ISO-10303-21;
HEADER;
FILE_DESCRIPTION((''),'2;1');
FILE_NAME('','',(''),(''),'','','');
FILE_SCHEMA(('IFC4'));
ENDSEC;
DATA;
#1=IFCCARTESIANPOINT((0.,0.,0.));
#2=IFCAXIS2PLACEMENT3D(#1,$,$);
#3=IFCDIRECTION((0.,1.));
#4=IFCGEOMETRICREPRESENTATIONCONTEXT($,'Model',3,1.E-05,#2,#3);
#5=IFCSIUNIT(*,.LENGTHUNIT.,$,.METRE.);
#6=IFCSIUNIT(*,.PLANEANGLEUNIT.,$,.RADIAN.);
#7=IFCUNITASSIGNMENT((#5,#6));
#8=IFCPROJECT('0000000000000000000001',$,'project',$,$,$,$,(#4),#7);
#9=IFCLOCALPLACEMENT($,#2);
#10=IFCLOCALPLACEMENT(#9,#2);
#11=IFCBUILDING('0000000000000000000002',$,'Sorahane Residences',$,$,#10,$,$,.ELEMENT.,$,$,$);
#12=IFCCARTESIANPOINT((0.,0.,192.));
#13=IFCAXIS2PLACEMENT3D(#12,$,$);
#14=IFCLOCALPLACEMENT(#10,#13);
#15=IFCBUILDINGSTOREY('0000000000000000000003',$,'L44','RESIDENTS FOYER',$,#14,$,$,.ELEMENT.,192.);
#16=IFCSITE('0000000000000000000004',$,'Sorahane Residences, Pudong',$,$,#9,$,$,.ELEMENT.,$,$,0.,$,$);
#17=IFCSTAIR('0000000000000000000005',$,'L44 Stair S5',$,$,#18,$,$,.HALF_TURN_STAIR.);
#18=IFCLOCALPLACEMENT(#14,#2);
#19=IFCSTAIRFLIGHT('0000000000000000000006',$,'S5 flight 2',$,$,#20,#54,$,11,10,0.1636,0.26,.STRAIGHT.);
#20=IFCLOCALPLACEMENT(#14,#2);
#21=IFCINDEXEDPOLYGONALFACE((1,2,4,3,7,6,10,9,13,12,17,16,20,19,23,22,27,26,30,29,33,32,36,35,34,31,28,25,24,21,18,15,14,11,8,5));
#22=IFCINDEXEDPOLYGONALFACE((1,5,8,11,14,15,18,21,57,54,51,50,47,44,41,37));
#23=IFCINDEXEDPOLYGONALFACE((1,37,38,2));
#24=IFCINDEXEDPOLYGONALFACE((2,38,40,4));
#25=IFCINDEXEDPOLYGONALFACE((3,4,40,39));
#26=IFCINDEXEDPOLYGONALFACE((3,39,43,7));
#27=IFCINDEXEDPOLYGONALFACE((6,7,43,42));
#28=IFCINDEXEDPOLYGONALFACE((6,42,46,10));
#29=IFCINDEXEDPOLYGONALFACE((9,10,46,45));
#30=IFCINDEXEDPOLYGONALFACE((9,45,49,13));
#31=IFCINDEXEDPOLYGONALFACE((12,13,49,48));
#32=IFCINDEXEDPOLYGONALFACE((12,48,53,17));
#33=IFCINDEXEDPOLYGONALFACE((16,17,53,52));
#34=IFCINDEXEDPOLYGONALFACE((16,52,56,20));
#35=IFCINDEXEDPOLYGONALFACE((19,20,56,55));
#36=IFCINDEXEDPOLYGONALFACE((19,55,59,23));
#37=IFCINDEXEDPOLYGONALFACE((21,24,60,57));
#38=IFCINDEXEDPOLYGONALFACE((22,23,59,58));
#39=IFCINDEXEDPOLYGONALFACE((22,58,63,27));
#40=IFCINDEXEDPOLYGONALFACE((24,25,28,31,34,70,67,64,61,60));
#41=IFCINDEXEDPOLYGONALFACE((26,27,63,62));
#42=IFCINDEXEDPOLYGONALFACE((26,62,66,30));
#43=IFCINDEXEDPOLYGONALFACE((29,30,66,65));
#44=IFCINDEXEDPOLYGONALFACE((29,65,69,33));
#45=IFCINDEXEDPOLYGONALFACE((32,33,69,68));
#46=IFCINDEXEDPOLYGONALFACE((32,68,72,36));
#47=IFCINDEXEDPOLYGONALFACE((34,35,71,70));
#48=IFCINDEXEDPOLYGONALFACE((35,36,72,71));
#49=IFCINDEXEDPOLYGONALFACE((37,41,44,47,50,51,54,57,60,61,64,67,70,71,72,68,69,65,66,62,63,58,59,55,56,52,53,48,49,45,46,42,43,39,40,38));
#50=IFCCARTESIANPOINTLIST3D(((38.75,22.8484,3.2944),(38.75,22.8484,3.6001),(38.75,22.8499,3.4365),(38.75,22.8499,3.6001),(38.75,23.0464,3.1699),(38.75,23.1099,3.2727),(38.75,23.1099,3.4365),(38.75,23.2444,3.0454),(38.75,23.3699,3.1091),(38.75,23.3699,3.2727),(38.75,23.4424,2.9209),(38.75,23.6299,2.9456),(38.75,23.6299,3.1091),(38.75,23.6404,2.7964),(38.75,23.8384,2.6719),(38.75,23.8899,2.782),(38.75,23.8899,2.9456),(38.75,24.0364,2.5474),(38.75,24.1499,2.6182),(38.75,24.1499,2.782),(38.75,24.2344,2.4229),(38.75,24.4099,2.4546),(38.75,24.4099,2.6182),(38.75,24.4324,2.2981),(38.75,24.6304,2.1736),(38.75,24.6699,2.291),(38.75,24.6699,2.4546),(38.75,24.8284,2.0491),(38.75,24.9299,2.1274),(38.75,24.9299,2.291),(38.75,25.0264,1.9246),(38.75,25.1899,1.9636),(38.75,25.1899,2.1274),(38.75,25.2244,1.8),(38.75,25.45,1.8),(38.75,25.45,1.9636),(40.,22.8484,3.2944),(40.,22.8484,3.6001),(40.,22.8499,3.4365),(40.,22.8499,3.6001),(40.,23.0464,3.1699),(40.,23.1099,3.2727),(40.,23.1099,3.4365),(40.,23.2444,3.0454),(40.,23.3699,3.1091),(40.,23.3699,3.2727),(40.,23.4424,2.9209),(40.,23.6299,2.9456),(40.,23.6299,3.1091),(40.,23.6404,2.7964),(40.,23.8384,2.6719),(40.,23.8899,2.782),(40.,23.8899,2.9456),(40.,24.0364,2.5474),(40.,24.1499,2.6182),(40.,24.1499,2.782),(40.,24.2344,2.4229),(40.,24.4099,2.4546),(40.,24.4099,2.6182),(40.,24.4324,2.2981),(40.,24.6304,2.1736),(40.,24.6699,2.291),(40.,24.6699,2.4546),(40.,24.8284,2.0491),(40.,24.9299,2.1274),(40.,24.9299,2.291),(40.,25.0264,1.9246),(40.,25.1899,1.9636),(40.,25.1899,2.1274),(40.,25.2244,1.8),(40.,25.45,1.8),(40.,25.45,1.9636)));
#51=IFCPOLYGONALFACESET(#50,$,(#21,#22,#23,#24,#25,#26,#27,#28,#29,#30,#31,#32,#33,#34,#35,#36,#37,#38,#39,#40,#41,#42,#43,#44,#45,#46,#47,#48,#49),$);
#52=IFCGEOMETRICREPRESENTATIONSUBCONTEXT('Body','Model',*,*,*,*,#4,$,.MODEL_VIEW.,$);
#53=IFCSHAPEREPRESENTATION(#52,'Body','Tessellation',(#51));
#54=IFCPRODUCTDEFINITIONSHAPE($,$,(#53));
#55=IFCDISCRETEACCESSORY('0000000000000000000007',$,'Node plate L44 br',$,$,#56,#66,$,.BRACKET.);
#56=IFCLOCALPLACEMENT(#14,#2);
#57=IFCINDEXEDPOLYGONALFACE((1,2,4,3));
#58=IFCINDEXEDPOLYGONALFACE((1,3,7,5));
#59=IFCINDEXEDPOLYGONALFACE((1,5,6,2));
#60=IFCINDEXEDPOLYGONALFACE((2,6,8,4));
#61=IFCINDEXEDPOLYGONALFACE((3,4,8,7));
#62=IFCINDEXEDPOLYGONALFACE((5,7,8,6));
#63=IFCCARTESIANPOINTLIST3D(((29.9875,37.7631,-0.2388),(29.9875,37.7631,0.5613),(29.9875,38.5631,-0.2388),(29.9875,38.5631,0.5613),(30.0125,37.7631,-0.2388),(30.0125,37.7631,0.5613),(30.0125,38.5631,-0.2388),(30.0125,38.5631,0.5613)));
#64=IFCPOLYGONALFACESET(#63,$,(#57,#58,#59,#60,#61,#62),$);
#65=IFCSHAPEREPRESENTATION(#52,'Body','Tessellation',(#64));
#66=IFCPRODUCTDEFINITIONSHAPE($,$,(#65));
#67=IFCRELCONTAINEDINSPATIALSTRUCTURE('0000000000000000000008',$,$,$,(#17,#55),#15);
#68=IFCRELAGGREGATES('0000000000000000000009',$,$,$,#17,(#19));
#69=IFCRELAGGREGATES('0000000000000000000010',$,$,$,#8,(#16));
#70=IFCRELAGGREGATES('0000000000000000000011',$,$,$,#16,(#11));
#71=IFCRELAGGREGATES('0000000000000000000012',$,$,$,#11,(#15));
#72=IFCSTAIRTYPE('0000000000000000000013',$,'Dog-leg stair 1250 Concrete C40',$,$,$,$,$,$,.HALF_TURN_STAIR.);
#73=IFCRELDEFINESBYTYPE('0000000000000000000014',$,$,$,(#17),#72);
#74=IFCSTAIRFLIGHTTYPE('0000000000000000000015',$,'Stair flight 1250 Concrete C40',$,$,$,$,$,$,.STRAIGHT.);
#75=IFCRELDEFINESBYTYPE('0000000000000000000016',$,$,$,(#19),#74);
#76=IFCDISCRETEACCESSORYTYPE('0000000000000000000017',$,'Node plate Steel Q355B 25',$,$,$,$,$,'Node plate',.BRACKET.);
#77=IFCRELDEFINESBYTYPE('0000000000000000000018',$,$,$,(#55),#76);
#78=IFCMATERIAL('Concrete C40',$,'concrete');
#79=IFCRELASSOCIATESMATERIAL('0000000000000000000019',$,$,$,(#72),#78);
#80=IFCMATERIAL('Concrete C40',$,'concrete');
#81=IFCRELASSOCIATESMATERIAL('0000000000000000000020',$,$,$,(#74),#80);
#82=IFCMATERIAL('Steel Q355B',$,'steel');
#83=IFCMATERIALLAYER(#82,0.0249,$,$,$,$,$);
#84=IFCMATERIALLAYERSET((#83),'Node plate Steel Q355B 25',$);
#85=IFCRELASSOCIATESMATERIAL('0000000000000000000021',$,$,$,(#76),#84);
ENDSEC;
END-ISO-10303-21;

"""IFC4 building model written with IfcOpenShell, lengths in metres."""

from ifc_helpers import new_model, si_unit, direction, frame, origin, origin_2d, place, context, subcontext, project, spatial, polyline, rectangle, outline, extrude, material, layer, layer_set, type_object, element, aggregate, save


model = new_model("IFC4")

# Units and contexts
model_context = context("Model", 3, precision=1e-05, world=origin(), true_north=direction((0.0, 1.0)))
body_context = subcontext(model_context, "Body", "Model", "MODEL_VIEW")
ifc_project = project(units=[si_unit("LENGTHUNIT", "METRE"), si_unit("PLANEANGLEUNIT", "RADIAN")], contexts=[model_context])

# Site, building, storey
site_placement = place(None, origin())
site = spatial("IfcSite", under=ifc_project, at=site_placement, Name="Sorahane Residences, Pudong", CompositionType="ELEMENT", RefElevation=0.0)
building_placement = place(site_placement, origin())
building = spatial("IfcBuilding", under=site, at=building_placement, Name="Sorahane Residences", CompositionType="ELEMENT")
storey_placement = place(building_placement, frame((0.0, 0.0, 192.0)))
storey = spatial("IfcBuildingStorey", under=building, at=storey_placement, Name="L44", Description="RESIDENTS FOYER", CompositionType="ELEMENT", Elevation=192.0)

# Stair, stair flight
ifc_material_1 = material(Name="Concrete C40", Category="concrete")
stair_type = type_object("IfcStairType", Name="Dog-leg stair 1250 Concrete C40", PredefinedType="HALF_TURN_STAIR", material=ifc_material_1)
stair_placement = place(storey_placement, origin())
stair = element("IfcStair", 1, at=stair_placement, inside=storey, type_object=stair_type, Name="L44 Stair S5", PredefinedType="HALF_TURN_STAIR")
ifc_material_2 = material(Name="Concrete C40", Category="concrete")
stair_flight_type = type_object("IfcStairFlightType", Name="Stair flight 1250 Concrete C40", PredefinedType="STRAIGHT", material=ifc_material_2)
stair_flight_placement = place(storey_placement, frame((39.375, 25.45, 1.8), z_axis=(0.0, 0.0, 1.0), x_axis=(0.0, -1.0, 0.0)))
stair_flight = element("IfcStairFlight", 2, at=stair_flight_placement, type_object=stair_flight_type, Name="S5 flight 2", NumberOfRisers=11, NumberOfTreads=10, PredefinedType="STRAIGHT", RiserHeight=0.1636, TreadLength=0.26, context=body_context, shape_type="SweptSolid", body=[
    extrude(outline(polyline([(0.0, 0.0), (0.0, 0.1636), (0.26, 0.1636), (0.26, 0.3274), (0.52, 0.3274), (0.52, 0.491), (0.78, 0.491), (0.78, 0.6545), (1.04, 0.6545), (1.04, 0.8181), (1.3, 0.8181), (1.3, 0.9819), (1.5601, 0.9819), (1.5601, 1.1455), (1.8201, 1.1455), (1.8201, 1.3091), (2.0801, 1.3091), (2.0801, 1.4727), (2.3401, 1.4727), (2.3401, 1.6365), (2.6001, 1.6365), (2.6001, 1.8), (2.6016, 1.8), (2.6016, 1.4944), (2.4036, 1.3699), (2.2056, 1.2454), (2.0076, 1.1208), (1.8096, 0.9963), (1.6116, 0.8718), (1.4136, 0.7473), (1.2156, 0.6228), (1.0176, 0.498), (0.8196, 0.3735), (0.6216, 0.249), (0.4236, 0.1245), (0.2256, 0.0), (0.0, 0.0)])), frame((0.0, 0.625, 0.0), z_axis=(0.0, -1.0, 0.0), x_axis=(1.0, 0.0, 0.0)), (0.0, 0.0, 1.0), 1.25),
])
aggregate(stair, [stair_flight])

# Discrete accessory
ifc_material_3 = material(Name="Steel Q355B", Category="steel")
ifc_layer_1 = layer(ifc_material_3, 0.0249)
ifc_layer_set_1 = layer_set([ifc_layer_1], Name="Node plate Steel Q355B 25")
discrete_accessory_type = type_object("IfcDiscreteAccessoryType", Name="Node plate Steel Q355B 25", ElementType="Node plate", PredefinedType="BRACKET", material=ifc_layer_set_1)
discrete_accessory_placement = place(storey_placement, frame((30.0, 38.1631, -0.2388), z_axis=(0.0, 0.0, 1.0), x_axis=(0.0, 1.0, 0.0)))
element("IfcDiscreteAccessory", 3, at=discrete_accessory_placement, inside=storey, type_object=discrete_accessory_type, Name="Node plate L44 br", PredefinedType="BRACKET", context=body_context, shape_type="SweptSolid", body=[
    extrude(rectangle(XDim=0.8, YDim=0.0249, at=origin_2d()), origin(), (0.0, 0.0, 1.0), 0.8),
])

save(model, "model.ifc")
